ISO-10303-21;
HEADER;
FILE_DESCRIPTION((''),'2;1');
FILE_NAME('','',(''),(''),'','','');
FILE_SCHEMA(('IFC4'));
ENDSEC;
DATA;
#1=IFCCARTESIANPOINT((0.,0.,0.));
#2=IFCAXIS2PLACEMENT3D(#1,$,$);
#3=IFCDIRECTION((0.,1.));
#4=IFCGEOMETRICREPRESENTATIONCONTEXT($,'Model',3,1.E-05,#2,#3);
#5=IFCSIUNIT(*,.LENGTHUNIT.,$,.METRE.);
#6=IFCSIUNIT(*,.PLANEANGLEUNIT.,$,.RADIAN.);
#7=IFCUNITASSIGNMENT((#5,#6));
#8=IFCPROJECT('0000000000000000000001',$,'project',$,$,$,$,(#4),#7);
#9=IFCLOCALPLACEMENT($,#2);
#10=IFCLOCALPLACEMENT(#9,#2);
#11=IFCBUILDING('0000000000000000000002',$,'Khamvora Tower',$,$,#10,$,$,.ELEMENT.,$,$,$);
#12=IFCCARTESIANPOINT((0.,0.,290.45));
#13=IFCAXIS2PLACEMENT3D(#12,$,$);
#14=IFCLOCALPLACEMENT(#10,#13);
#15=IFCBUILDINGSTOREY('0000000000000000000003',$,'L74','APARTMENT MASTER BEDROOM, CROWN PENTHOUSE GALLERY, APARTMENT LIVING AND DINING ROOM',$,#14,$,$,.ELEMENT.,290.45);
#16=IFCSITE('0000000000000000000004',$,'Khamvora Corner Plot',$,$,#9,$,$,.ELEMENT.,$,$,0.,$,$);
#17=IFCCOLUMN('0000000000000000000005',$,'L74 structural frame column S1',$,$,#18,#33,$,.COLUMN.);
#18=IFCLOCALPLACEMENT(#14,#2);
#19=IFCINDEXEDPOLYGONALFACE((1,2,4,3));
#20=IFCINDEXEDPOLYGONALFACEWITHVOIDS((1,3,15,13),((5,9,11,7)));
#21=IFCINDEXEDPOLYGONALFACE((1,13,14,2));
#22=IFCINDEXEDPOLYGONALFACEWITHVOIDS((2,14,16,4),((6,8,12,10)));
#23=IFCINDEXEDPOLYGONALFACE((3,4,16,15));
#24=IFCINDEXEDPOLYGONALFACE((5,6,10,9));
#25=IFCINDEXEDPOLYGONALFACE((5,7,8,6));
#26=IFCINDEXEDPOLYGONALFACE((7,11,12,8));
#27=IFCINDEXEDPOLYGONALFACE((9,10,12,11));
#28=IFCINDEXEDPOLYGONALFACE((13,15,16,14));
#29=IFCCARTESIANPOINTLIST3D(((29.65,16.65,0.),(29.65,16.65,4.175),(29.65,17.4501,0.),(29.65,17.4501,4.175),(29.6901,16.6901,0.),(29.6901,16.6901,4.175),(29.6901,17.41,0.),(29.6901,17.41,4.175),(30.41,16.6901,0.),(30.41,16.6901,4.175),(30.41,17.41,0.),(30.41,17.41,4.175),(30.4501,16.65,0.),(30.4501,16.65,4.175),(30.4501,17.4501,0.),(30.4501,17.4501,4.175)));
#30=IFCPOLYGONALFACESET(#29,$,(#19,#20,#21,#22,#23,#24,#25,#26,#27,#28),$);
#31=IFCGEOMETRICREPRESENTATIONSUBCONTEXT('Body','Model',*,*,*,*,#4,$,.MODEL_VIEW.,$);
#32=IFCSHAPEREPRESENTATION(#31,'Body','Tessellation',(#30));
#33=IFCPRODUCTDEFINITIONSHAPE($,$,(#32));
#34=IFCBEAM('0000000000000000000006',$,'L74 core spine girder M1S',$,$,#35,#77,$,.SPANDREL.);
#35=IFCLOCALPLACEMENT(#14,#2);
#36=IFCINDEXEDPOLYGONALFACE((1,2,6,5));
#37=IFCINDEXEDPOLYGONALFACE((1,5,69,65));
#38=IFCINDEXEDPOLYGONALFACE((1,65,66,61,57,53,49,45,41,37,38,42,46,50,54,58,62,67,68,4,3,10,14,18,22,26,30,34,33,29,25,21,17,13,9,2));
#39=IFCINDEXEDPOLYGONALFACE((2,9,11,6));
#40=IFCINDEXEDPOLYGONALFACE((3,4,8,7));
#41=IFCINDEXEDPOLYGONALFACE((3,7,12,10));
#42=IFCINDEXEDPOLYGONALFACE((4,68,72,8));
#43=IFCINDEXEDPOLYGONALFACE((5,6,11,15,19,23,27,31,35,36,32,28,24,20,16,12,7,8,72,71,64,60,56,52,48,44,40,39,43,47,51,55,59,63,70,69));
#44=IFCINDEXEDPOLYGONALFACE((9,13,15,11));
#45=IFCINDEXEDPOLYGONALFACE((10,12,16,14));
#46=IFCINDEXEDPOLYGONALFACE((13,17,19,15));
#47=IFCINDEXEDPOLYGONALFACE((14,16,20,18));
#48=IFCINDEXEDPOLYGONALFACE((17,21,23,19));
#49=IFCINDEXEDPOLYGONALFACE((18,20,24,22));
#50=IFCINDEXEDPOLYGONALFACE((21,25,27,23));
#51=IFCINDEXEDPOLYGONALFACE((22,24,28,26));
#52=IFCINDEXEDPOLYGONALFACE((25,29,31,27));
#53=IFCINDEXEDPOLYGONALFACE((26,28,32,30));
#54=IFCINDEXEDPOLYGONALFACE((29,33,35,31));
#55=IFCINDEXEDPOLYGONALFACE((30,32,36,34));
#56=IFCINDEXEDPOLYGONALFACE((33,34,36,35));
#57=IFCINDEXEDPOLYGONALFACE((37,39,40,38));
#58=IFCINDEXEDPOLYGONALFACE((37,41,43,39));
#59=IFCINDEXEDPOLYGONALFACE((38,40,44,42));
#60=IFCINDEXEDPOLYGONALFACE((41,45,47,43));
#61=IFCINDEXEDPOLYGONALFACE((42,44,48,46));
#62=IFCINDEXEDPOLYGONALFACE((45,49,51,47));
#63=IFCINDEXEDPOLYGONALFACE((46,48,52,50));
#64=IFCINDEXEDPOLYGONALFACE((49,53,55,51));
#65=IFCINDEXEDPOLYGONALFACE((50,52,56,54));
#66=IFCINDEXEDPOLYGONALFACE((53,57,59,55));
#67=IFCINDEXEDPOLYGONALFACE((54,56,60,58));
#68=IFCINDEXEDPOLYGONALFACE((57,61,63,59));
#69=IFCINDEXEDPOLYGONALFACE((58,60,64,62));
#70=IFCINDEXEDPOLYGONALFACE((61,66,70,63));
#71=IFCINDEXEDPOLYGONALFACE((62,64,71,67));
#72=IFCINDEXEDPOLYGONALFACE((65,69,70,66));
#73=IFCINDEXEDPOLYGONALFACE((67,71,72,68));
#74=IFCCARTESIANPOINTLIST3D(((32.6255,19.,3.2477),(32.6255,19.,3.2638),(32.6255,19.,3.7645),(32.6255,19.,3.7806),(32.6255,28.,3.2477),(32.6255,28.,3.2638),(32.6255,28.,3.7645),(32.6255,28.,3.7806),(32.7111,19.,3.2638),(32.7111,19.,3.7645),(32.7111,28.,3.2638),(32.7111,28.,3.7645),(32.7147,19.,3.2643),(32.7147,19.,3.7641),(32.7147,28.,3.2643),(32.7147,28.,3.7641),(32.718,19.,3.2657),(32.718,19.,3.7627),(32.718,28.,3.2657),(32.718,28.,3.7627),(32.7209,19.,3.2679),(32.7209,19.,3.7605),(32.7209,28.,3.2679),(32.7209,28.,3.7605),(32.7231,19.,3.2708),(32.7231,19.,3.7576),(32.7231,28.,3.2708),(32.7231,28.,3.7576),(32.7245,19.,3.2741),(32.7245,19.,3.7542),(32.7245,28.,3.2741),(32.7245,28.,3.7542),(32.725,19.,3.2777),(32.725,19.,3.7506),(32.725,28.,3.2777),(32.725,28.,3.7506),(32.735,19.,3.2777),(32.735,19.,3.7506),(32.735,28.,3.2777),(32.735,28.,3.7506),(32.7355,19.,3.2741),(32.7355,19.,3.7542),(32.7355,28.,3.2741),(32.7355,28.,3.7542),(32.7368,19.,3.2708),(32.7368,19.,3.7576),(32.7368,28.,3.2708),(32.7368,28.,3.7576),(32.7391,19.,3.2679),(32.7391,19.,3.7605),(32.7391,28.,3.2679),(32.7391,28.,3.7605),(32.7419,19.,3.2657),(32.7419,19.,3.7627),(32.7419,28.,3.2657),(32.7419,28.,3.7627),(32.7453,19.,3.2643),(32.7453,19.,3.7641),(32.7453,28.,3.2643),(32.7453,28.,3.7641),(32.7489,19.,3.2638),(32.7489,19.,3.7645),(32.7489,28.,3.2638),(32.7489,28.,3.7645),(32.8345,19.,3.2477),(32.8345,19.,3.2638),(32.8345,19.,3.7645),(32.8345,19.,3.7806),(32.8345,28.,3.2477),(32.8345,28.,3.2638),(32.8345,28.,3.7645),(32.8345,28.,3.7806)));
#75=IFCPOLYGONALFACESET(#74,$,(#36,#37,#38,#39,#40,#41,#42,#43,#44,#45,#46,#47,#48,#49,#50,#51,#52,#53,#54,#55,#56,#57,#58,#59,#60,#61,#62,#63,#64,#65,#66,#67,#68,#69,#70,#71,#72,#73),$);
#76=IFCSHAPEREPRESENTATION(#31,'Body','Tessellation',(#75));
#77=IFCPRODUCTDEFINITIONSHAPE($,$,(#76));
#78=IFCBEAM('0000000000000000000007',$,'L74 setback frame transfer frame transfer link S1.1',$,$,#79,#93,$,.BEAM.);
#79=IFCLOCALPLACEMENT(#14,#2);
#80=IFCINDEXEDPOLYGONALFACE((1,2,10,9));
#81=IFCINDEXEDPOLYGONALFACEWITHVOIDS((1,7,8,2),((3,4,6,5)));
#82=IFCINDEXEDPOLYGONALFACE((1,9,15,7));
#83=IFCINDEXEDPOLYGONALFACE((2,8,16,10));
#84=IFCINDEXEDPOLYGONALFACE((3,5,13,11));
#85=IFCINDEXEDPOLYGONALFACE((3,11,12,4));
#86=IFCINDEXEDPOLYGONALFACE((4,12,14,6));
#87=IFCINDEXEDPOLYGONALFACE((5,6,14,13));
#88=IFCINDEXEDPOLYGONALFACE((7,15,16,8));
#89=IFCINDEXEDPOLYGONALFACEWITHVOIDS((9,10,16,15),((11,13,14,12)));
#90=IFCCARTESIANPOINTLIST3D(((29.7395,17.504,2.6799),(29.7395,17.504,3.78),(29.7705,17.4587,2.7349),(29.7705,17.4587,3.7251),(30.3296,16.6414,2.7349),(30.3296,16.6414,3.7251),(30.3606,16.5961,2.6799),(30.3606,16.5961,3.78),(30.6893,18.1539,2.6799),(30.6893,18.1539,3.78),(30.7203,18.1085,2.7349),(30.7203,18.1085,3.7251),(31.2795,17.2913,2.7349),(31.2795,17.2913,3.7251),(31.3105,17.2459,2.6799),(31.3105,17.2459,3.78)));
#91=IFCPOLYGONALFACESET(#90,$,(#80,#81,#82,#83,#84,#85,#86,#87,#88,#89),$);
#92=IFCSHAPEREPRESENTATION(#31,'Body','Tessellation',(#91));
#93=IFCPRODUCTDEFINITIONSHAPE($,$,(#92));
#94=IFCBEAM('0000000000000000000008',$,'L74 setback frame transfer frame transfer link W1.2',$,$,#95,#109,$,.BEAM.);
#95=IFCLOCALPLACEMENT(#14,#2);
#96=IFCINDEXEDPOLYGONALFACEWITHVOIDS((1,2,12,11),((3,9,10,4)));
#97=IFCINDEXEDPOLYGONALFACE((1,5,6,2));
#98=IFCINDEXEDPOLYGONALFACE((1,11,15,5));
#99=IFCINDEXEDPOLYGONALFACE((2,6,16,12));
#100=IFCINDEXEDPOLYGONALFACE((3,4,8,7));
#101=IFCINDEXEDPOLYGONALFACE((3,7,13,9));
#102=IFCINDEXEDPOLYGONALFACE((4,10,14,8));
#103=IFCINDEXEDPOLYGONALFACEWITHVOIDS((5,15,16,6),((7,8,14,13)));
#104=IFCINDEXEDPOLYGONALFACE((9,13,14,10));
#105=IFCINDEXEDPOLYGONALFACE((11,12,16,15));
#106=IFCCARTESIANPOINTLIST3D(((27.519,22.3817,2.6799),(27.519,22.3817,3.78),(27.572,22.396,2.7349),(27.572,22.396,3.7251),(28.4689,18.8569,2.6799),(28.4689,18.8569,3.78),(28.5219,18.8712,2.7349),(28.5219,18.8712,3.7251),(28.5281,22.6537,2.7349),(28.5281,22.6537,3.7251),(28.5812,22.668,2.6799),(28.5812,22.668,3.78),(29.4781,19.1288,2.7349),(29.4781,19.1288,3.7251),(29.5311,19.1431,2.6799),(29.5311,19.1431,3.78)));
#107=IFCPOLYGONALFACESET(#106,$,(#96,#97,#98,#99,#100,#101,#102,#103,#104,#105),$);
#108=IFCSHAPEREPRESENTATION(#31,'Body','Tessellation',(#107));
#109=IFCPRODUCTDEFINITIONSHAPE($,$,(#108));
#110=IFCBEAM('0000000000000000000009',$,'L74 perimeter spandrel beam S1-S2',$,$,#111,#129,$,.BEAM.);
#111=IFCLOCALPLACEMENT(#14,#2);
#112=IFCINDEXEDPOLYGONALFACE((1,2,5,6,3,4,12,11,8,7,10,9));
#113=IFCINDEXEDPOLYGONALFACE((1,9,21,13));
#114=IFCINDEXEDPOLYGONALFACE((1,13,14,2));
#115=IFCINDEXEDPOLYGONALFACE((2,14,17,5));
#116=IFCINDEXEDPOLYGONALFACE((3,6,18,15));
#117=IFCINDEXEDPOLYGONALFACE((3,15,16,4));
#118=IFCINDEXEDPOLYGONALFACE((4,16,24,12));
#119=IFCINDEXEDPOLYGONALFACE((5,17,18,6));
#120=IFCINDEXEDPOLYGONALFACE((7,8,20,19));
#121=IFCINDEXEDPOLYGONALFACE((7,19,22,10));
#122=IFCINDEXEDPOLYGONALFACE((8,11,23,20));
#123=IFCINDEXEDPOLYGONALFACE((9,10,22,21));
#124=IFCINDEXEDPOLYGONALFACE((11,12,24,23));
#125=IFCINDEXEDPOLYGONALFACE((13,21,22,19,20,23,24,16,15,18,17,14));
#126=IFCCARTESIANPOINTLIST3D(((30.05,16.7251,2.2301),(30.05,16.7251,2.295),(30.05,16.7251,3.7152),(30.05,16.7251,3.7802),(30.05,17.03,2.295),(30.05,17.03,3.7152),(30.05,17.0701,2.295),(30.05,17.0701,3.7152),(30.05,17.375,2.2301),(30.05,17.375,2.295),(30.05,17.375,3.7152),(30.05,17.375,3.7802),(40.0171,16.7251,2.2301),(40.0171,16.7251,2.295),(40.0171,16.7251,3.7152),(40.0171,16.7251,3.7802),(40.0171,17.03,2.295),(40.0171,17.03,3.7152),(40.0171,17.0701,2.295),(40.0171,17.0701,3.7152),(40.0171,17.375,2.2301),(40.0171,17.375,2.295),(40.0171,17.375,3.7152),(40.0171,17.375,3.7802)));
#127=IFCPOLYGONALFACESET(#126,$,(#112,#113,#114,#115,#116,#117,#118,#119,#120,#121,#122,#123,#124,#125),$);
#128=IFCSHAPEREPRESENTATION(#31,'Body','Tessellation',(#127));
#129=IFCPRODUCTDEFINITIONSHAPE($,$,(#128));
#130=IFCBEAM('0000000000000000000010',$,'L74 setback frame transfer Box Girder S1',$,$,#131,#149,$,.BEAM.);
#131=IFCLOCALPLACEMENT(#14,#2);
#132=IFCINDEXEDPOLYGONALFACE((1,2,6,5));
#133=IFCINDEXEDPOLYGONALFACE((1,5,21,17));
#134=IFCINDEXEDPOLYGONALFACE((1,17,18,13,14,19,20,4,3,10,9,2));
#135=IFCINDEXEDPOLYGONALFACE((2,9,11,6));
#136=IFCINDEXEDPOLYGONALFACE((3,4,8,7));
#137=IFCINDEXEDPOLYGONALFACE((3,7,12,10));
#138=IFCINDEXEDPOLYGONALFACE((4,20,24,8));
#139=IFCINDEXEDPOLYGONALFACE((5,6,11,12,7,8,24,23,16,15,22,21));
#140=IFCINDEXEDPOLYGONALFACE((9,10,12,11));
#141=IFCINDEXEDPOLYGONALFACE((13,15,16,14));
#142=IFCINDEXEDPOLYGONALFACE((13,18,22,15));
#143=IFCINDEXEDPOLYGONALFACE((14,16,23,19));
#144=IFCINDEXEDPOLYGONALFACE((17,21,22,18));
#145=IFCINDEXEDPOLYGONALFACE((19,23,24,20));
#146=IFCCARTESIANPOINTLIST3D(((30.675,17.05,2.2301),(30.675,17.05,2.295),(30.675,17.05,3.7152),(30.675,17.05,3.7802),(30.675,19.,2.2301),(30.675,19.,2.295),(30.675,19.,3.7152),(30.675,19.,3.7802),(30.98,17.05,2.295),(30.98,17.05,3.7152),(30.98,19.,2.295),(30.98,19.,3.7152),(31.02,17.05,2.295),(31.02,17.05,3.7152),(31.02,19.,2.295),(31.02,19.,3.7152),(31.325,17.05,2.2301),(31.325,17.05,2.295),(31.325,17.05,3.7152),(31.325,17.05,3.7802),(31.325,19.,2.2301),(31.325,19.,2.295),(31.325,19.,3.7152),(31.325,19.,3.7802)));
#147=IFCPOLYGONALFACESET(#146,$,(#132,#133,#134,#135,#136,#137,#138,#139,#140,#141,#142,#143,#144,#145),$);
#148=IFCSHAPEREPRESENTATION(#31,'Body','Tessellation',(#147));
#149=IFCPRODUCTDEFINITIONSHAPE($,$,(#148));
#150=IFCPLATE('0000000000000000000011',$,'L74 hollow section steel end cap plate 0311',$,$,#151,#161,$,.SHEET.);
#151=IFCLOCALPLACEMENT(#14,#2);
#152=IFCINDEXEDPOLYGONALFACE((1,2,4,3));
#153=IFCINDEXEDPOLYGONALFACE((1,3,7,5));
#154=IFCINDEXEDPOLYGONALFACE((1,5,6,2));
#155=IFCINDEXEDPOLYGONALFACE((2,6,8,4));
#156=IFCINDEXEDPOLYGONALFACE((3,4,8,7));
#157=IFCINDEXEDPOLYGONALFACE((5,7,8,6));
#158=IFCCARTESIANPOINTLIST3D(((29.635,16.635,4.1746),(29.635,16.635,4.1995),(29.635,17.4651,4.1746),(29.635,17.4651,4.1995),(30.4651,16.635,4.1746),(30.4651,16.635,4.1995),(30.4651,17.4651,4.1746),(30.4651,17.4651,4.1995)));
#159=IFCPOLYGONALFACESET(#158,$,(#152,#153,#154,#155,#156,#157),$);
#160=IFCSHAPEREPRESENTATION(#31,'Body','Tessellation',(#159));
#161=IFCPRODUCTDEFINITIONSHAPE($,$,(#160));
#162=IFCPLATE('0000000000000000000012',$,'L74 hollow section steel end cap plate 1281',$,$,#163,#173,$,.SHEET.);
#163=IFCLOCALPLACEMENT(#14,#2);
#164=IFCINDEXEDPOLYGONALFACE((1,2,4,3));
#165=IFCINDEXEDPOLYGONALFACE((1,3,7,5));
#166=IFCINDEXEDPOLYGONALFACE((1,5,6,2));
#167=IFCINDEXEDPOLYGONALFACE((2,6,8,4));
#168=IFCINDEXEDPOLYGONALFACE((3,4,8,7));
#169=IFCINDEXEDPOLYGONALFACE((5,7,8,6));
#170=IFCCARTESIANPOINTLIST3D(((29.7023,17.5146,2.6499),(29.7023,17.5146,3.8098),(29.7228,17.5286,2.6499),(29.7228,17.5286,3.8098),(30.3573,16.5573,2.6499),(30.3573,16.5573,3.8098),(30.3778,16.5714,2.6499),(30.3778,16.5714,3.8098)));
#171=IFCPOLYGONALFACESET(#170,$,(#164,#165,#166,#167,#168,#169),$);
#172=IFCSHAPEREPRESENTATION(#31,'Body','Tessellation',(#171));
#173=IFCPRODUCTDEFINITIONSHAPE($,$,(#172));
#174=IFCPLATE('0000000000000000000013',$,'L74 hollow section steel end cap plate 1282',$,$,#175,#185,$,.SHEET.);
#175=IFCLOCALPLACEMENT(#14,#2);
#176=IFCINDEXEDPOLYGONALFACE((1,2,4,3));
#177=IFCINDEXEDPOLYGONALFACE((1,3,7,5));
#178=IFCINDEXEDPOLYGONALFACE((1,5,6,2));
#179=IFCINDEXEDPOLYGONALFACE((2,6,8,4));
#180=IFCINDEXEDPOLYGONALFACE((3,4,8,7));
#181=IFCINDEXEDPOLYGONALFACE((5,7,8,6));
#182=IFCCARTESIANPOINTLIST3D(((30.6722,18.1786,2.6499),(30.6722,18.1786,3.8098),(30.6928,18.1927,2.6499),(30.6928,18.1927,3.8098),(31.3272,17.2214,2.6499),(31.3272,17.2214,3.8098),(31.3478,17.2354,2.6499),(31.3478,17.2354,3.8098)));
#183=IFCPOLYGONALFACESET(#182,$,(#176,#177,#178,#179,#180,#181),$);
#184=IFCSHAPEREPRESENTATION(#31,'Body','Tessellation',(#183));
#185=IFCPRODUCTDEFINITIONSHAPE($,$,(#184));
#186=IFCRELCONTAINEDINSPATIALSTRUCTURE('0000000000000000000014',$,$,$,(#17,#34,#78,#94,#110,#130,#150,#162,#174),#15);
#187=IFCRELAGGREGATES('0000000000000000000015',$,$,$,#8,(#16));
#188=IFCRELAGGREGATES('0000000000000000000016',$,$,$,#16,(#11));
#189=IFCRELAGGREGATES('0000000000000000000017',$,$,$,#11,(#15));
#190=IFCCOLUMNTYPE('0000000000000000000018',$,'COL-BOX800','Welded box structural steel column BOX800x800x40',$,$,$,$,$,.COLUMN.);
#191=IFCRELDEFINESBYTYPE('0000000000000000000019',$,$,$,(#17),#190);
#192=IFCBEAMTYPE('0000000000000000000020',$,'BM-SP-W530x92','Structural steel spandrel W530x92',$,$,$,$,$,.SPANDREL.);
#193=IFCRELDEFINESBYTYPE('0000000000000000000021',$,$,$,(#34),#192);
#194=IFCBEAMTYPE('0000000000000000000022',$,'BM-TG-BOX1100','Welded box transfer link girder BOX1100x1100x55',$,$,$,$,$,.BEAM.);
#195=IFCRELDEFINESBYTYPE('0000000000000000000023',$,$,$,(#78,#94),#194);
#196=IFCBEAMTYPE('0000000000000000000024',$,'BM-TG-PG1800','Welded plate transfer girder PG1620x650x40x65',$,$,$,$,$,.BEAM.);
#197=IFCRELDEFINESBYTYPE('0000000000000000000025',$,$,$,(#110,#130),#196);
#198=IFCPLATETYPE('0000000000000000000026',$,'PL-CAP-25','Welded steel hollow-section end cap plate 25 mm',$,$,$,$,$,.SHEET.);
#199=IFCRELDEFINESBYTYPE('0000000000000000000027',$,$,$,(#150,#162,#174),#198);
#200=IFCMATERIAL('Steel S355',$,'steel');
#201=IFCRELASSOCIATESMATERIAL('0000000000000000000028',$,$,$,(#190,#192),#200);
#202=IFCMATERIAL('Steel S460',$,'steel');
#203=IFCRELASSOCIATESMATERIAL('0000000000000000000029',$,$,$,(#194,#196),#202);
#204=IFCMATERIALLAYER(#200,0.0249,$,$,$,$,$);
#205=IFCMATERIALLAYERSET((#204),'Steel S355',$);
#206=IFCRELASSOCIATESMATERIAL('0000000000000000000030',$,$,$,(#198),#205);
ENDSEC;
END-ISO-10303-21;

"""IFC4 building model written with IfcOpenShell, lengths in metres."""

from ifc_helpers import new_model, si_unit, direction, frame, origin, origin_2d, place, context, subcontext, project, spatial, rectangle, hollow_rectangle, i_section, extrude, material, layer, layer_set, material_profile, profile_set, type_object, element, save


model = new_model("IFC4")

# Units and contexts
model_context = context("Model", 3, precision=1e-05, world=origin(), true_north=direction((0.0, 1.0)))
body_context = subcontext(model_context, "Body", "Model", "MODEL_VIEW")
ifc_project = project(units=[si_unit("LENGTHUNIT", "METRE"), si_unit("PLANEANGLEUNIT", "RADIAN")], contexts=[model_context])

# Site, building, storey
site_placement = place(None, origin())
site = spatial("IfcSite", under=ifc_project, at=site_placement, Name="Khamvora Corner Plot", CompositionType="ELEMENT", RefElevation=0.0)
building_placement = place(site_placement, origin())
building = spatial("IfcBuilding", under=site, at=building_placement, Name="Khamvora Tower", CompositionType="ELEMENT")
storey_placement = place(building_placement, frame((0.0, 0.0, 290.45)))
storey = spatial("IfcBuildingStorey", under=building, at=storey_placement, Name="L74", Description="APARTMENT MASTER BEDROOM, CROWN PENTHOUSE GALLERY, APARTMENT LIVING AND DINING ROOM", CompositionType="ELEMENT", Elevation=290.45)

# Column
ifc_material_1 = material(Name="Steel S355", Category="steel")
ifc_material_profile_1 = material_profile(ifc_material_1, hollow_rectangle(XDim=0.8, YDim=0.8, WallThickness=0.04, at=origin_2d()), Name="BOX800x800x40")
ifc_profile_set_1 = profile_set([ifc_material_profile_1], Name="Steel S355")
column_type = type_object("IfcColumnType", Name="COL-BOX800", Description="Welded box structural steel column BOX800x800x40", PredefinedType="COLUMN", material=ifc_profile_set_1)
column_placement = place(storey_placement, frame((30.05, 17.05, 0.0), z_axis=(0.0, 0.0, 1.0), x_axis=(1.0, 0.0, 0.0)))
element("IfcColumn", 1, at=column_placement, inside=storey, type_object=column_type, Name="L74 structural frame column S1", PredefinedType="COLUMN", context=body_context, shape_type="SweptSolid", body=[
    extrude(hollow_rectangle(XDim=0.8, YDim=0.8, WallThickness=0.04, at=origin_2d()), origin(), (0.0, 0.0, 1.0), 4.175),
])

# Beams
ifc_material_profile_2 = material_profile(ifc_material_1, i_section(OverallWidth=0.209, OverallDepth=0.533, WebThickness=0.01, FlangeThickness=0.0161, FilletRadius=0.0139, at=origin_2d()), Name="W530x92")
ifc_profile_set_2 = profile_set([ifc_material_profile_2], Name="Steel S355")
beam_type_1 = type_object("IfcBeamType", Name="BM-SP-W530x92", Description="Structural steel spandrel W530x92", PredefinedType="SPANDREL", material=ifc_profile_set_2)
beam_1_placement = place(storey_placement, frame((32.73, 19.0, 3.5142), z_axis=(0.0, 1.0, 0.0), x_axis=(-1.0, 0.0, 0.0)))
element("IfcBeam", 2, at=beam_1_placement, inside=storey, type_object=beam_type_1, Name="L74 core spine girder M1S", PredefinedType="SPANDREL", context=body_context, shape_type="SweptSolid", body=[
    extrude(i_section(OverallWidth=0.209, OverallDepth=0.533, WebThickness=0.01, FlangeThickness=0.0161, FilletRadius=0.0139, at=origin_2d()), origin(), (0.0, 0.0, 1.0), 9.0),
])
ifc_material_2 = material(Name="Steel S460", Category="steel")
ifc_material_profile_3 = material_profile(ifc_material_2, hollow_rectangle(XDim=1.1001, YDim=1.1001, WallThickness=0.0549, at=origin_2d()), Name="BOX1100x1100x55")
ifc_profile_set_3 = profile_set([ifc_material_profile_3], Name="Steel S460")
beam_type_2 = type_object("IfcBeamType", Name="BM-TG-BOX1100", Description="Welded box transfer link girder BOX1100x1100x55", PredefinedType="BEAM", material=ifc_profile_set_3)
beam_2_placement = place(storey_placement, frame((30.05, 17.05, 3.23), z_axis=(0.825333, 0.564646, 0.0), x_axis=(-0.564646, 0.825333, 0.0)))
element("IfcBeam", 3, at=beam_2_placement, inside=storey, type_object=beam_type_2, Name="L74 setback frame transfer frame transfer link S1.1", PredefinedType="BEAM", context=body_context, shape_type="SweptSolid", body=[
    extrude(hollow_rectangle(XDim=1.1001, YDim=1.1001, WallThickness=0.0549, at=origin_2d()), origin(), (0.0, 0.0, 1.0), 1.1509),
])
beam_3_placement = place(storey_placement, frame((29.0, 19.0, 3.23), z_axis=(-0.260213, 0.965551, 0.0), x_axis=(-0.965551, -0.260213, 0.0)))
element("IfcBeam", 4, at=beam_3_placement, inside=storey, type_object=beam_type_2, Name="L74 setback frame transfer frame transfer link W1.2", PredefinedType="BEAM", context=body_context, shape_type="SweptSolid", body=[
    extrude(hollow_rectangle(XDim=1.1001, YDim=1.1001, WallThickness=0.0549, at=origin_2d()), origin(), (0.0, 0.0, 1.0), 3.6506),
])
ifc_material_profile_4 = material_profile(ifc_material_2, i_section(OverallWidth=0.6499, OverallDepth=1.55, WebThickness=0.04, FlangeThickness=0.0649, at=origin_2d()), Name="PG1550x650x40x65")
ifc_profile_set_4 = profile_set([ifc_material_profile_4], Name="Steel S460")
beam_type_3 = type_object("IfcBeamType", Name="BM-TG-PG1800", Description="Welded plate transfer girder PG1620x650x40x65", PredefinedType="BEAM", material=ifc_profile_set_4)
beam_4_placement = place(storey_placement, frame((30.05, 17.05, 3.0051), z_axis=(1.0, 0.0, 0.0), x_axis=(0.0, 1.0, 0.0)))
element("IfcBeam", 5, at=beam_4_placement, inside=storey, type_object=beam_type_3, Name="L74 perimeter spandrel beam S1-S2", PredefinedType="BEAM", context=body_context, shape_type="SweptSolid", body=[
    extrude(i_section(OverallWidth=0.6499, OverallDepth=1.55, WebThickness=0.04, FlangeThickness=0.0649, at=origin_2d()), origin(), (0.0, 0.0, 1.0), 9.967),
])
beam_5_placement = place(storey_placement, frame((31.0, 17.05, 3.0051), z_axis=(0.0, 1.0, 0.0), x_axis=(-1.0, 0.0, 0.0)))
element("IfcBeam", 6, at=beam_5_placement, inside=storey, type_object=beam_type_3, Name="L74 setback frame transfer Box Girder S1", PredefinedType="BEAM", context=body_context, shape_type="SweptSolid", body=[
    extrude(i_section(OverallWidth=0.6499, OverallDepth=1.55, WebThickness=0.04, FlangeThickness=0.0649, at=origin_2d()), origin(), (0.0, 0.0, 1.0), 1.95),
])

# Plates
ifc_layer_1 = layer(ifc_material_1, 0.0249)
ifc_layer_set_1 = layer_set([ifc_layer_1], Name="Steel S355")
plate_type_1 = type_object("IfcPlateType", Name="PL-CAP-25", Description="Welded steel hollow-section end cap plate 25 mm", PredefinedType="SHEET", material=ifc_layer_set_1)
plate_1_placement = place(storey_placement, frame((30.05, 17.05, 4.1746), z_axis=(0.0, 0.0, 1.0), x_axis=(1.0, 0.0, 0.0)))
element("IfcPlate", 7, at=plate_1_placement, inside=storey, type_object=plate_type_1, Name="L74 hollow section steel end cap plate 0311", PredefinedType="SHEET", context=body_context, shape_type="SweptSolid", body=[
    extrude(rectangle(XDim=0.8301, YDim=0.8301, at=origin_2d()), origin(), (0.0, 0.0, 1.0), 0.0249),
])
for number, where, z_axis, x_axis, name in (
    (8, (30.04, 17.043, 2.6499), (0.0, 0.0, 1.0), (0.825311, 0.564679, 0.0), "L74 hollow section steel end cap plate 1281"),
    (9, (31.01, 17.707, 2.6499), (0.0, 0.0, 1.0), (0.825311, 0.564679, 0.0), "L74 hollow section steel end cap plate 1282"),
):
    element("IfcPlate", number, at=place(storey_placement, frame(where, z_axis=z_axis, x_axis=x_axis)), inside=storey, type_object=plate_type_1, Name=name, PredefinedType="SHEET", context=body_context, shape_type="SweptSolid", body=[
        extrude(rectangle(XDim=0.0249, YDim=1.1599, at=origin_2d()), origin(), (0.0, 0.0, 1.0), 1.1599),
    ])

save(model, "model.ifc")
